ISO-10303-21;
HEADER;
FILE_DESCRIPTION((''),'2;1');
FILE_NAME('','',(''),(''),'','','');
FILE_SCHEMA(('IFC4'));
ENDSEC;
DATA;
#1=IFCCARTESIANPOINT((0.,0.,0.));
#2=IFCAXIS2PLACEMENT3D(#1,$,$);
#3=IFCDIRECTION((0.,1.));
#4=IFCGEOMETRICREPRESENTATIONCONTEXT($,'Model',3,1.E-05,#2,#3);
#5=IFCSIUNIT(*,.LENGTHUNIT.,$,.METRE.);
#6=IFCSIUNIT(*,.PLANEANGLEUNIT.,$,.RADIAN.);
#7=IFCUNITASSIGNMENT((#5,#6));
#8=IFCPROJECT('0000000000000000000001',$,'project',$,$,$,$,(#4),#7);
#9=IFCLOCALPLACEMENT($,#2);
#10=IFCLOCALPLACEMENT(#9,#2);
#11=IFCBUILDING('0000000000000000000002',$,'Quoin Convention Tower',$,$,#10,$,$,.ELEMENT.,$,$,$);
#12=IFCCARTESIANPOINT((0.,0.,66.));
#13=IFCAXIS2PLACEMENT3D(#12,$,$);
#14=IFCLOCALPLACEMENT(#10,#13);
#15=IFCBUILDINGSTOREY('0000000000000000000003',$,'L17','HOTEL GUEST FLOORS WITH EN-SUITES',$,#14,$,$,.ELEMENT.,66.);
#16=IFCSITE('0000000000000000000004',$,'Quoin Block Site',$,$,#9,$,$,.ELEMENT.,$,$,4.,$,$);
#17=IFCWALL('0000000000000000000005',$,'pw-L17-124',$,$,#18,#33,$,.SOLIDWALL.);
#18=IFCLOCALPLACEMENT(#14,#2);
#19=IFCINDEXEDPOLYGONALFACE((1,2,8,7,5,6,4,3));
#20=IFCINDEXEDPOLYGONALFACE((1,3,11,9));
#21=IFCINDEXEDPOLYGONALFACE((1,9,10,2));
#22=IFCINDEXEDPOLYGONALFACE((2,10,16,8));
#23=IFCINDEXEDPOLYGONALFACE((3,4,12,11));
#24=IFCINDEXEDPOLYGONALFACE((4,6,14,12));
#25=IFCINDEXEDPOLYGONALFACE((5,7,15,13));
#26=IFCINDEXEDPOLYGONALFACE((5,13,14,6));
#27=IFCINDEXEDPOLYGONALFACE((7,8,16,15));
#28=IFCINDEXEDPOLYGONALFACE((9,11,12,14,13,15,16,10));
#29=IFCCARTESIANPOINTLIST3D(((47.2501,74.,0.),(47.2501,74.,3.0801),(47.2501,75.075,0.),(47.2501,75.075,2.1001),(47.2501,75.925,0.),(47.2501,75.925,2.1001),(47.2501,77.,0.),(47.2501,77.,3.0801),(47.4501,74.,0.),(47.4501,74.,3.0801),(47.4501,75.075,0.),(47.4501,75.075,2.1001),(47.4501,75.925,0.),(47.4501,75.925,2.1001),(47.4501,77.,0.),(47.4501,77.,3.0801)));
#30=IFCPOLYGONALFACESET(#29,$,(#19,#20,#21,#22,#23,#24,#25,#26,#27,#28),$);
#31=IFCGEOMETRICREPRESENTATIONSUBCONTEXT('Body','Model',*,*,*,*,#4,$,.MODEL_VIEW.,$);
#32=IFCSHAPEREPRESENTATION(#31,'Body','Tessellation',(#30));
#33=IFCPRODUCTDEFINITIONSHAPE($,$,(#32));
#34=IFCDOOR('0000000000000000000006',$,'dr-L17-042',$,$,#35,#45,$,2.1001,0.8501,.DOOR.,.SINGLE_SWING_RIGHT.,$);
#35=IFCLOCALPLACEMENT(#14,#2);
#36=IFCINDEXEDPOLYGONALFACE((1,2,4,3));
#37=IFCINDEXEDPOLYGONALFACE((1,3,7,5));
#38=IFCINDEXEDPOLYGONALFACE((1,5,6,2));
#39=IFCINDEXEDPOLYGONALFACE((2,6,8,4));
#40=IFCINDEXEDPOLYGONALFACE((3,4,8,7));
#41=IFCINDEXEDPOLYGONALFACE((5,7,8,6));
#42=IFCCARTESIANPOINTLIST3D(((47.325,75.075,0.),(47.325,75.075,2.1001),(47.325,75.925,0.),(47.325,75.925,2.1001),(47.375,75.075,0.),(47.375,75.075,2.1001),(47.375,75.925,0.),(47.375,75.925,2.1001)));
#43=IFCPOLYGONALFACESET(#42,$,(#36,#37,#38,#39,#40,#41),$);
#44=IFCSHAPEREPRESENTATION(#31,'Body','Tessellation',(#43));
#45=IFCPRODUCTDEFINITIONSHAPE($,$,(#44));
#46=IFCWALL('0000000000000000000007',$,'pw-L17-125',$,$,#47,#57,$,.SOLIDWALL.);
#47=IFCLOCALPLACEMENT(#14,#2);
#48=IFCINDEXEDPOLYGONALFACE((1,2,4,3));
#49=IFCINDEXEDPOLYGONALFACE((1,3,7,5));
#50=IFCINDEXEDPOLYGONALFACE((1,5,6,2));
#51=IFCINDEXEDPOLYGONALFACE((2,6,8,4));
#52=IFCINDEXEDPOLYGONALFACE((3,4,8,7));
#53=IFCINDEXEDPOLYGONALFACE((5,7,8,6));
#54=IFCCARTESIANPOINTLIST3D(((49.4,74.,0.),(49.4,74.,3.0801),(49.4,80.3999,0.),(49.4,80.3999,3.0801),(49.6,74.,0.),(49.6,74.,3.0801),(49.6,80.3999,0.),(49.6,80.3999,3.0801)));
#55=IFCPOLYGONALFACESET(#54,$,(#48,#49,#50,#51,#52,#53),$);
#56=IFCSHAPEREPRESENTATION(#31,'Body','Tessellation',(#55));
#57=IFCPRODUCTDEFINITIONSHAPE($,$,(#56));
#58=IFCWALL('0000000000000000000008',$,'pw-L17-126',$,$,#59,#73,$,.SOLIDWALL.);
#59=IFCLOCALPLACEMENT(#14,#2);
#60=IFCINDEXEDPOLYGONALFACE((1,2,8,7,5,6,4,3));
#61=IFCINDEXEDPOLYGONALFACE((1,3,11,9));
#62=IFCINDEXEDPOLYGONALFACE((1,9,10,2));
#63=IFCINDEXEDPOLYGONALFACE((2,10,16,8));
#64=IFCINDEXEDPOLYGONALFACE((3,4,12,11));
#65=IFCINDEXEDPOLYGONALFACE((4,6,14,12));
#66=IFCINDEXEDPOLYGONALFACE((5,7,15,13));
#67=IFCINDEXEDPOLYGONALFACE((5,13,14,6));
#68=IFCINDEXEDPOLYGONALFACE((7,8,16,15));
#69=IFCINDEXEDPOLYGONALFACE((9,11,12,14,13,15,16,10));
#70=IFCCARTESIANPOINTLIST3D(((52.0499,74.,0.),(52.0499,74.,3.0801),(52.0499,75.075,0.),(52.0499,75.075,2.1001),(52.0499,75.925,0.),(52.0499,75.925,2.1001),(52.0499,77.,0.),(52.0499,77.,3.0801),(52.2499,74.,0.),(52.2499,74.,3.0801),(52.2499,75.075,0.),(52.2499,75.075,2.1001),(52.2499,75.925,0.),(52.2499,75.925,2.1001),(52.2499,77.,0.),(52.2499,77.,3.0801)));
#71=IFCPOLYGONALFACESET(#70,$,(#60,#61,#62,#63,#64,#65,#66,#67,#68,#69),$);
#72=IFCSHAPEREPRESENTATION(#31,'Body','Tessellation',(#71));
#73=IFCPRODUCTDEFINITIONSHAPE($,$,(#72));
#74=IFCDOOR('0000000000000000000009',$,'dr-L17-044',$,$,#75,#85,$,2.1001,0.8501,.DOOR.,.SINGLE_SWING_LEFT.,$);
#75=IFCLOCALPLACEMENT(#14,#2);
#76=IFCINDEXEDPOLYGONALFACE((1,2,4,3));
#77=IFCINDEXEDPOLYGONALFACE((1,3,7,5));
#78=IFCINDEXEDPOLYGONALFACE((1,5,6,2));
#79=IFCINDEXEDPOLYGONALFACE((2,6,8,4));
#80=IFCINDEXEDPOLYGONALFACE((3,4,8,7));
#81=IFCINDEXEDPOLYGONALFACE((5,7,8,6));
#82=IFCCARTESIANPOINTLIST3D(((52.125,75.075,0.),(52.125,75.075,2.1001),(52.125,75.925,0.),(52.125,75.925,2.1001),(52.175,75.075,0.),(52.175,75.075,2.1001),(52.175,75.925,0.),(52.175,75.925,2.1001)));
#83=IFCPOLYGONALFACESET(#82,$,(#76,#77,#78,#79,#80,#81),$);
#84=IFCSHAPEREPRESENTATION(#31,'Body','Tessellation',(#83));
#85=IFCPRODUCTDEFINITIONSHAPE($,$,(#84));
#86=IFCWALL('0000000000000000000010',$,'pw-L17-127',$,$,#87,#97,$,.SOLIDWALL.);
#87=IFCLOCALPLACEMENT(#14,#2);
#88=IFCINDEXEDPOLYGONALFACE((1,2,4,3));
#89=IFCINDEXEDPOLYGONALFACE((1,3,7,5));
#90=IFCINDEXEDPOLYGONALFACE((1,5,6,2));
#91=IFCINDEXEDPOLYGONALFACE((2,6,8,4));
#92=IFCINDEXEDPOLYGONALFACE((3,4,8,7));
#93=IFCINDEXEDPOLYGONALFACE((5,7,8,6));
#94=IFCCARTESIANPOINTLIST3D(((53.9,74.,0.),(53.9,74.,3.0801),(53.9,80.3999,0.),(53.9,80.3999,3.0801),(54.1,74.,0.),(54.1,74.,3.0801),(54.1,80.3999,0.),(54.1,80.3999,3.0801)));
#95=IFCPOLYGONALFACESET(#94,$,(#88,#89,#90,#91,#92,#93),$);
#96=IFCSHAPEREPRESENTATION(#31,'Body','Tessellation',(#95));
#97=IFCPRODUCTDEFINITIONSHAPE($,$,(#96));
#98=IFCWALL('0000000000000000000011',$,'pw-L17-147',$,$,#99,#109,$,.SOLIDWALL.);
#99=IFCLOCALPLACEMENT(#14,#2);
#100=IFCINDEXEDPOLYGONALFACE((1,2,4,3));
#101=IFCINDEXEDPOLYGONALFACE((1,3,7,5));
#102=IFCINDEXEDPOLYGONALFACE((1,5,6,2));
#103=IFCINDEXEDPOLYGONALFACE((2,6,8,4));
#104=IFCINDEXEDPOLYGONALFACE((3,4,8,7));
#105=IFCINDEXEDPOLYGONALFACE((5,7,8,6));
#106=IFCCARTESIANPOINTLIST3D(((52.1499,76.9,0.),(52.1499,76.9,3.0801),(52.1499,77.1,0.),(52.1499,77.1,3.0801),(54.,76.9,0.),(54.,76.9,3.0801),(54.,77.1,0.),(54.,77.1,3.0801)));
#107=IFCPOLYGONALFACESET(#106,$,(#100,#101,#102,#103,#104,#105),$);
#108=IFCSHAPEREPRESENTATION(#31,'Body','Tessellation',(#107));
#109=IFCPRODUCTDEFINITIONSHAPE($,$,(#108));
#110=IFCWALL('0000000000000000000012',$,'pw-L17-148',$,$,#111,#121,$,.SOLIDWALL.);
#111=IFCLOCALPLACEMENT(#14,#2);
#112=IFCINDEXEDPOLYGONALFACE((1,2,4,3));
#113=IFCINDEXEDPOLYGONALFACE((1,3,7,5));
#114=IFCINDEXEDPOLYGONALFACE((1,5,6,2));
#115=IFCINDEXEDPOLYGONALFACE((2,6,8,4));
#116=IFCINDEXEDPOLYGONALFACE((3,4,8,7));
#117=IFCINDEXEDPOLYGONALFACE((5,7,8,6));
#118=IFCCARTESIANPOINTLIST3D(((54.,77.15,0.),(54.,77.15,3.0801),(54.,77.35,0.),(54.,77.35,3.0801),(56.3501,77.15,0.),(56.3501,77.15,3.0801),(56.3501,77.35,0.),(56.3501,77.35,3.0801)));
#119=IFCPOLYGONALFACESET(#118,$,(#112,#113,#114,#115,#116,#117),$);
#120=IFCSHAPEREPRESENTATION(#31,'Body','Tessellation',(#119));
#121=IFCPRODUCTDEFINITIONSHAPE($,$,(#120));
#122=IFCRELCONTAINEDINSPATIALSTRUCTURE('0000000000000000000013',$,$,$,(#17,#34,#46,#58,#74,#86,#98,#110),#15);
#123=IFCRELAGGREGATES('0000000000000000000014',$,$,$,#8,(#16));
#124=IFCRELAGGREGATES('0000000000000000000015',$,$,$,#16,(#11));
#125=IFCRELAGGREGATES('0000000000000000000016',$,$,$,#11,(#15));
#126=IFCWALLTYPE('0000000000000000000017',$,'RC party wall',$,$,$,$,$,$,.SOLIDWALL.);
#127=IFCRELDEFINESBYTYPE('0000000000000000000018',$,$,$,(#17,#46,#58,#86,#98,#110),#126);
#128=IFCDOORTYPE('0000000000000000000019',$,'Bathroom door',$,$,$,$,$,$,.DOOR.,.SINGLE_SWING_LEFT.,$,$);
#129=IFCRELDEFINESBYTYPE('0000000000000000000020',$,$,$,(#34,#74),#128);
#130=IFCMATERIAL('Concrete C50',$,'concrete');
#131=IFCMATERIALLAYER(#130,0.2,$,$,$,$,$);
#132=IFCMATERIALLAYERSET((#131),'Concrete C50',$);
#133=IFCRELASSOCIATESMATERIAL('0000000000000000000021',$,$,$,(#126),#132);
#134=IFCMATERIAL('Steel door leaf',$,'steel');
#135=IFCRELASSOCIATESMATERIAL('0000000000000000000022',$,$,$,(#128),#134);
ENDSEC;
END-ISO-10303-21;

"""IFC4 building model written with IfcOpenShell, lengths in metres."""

from ifc_helpers import new_model, si_unit, direction, frame, frame_2d, origin, place, context, subcontext, project, spatial, rectangle, extrude, material, layer, layer_set, type_object, element, fill, save


model = new_model("IFC4")

# Units and contexts
model_context = context("Model", 3, precision=1e-05, world=origin(), true_north=direction((0.0, 1.0)))
body_context = subcontext(model_context, "Body", "Model", "MODEL_VIEW")
ifc_project = project(units=[si_unit("LENGTHUNIT", "METRE"), si_unit("PLANEANGLEUNIT", "RADIAN")], contexts=[model_context])

# Site, building, storey
site_placement = place(None, origin())
site = spatial("IfcSite", under=ifc_project, at=site_placement, Name="Quoin Block Site", CompositionType="ELEMENT", RefElevation=4.0)
building_placement = place(site_placement, origin())
building = spatial("IfcBuilding", under=site, at=building_placement, Name="Quoin Convention Tower", CompositionType="ELEMENT")
storey_placement = place(building_placement, frame((0.0, 0.0, 66.0)))
storey = spatial("IfcBuildingStorey", under=building, at=storey_placement, Name="L17", Description="HOTEL GUEST FLOORS WITH EN-SUITES", CompositionType="ELEMENT", Elevation=66.0)

# Shared definitions
ifc_material_1 = material(Name="Concrete C50", Category="concrete")
ifc_material_2 = material(Name="Steel door leaf", Category="steel")

# Wall, opening, door
ifc_layer_1 = layer(ifc_material_1, 0.2)
ifc_layer_set_1 = layer_set([ifc_layer_1], Name="Concrete C50")
wall_type_1 = type_object("IfcWallType", Name="RC party wall", PredefinedType="SOLIDWALL", material=ifc_layer_set_1)
wall_1_placement = place(storey_placement, frame((47.3501, 74.0, 0.0), z_axis=(0.0, 0.0, 1.0), x_axis=(0.0, 1.0, 0.0)))
wall_1 = element("IfcWall", 1, at=wall_1_placement, inside=storey, type_object=wall_type_1, Name="pw-L17-124", PredefinedType="SOLIDWALL", context=body_context, shape_type="SweptSolid", body=[
    extrude(rectangle(XDim=3.0, YDim=0.2, at=frame_2d((1.5, 0.0))), origin(), (0.0, 0.0, 1.0), 3.0801),
])
opening_1_placement = place(wall_1_placement, frame((1.075, 0.0, 0.0)))
opening_1 = element("IfcOpeningElement", 2, at=opening_1_placement, cuts=wall_1, PredefinedType="OPENING", context=body_context, shape_type="SweptSolid", body=[
    extrude(rectangle(XDim=0.8501, YDim=2.1001, at=frame_2d((0.425, 1.05))), frame((0.0, 0.1099, 0.0), z_axis=(0.0, -1.0, 0.0), x_axis=(1.0, 0.0, 0.0)), (0.0, 0.0, 1.0), 0.22),
])
door_type_1 = type_object("IfcDoorType", Name="Bathroom door", OperationType="SINGLE_SWING_LEFT", PredefinedType="DOOR", material=ifc_material_2)
door_1_placement = place(opening_1_placement, frame((0.8501, 0.0, 0.0), z_axis=(0.0, 0.0, 1.0), x_axis=(-1.0, 0.0, 0.0)))
door_1 = element("IfcDoor", 3, at=door_1_placement, inside=storey, type_object=door_type_1, Name="dr-L17-042", OperationType="SINGLE_SWING_RIGHT", OverallHeight=2.1001, OverallWidth=0.8501, PredefinedType="DOOR", context=body_context, shape_type="SweptSolid", body=[
    extrude(rectangle(XDim=0.8501, YDim=2.1001, at=frame_2d((0.425, 1.05))), frame((0.0, 0.0249, 0.0), z_axis=(0.0, -1.0, 0.0), x_axis=(1.0, 0.0, 0.0)), (0.0, 0.0, 1.0), 0.05),
])
fill(opening_1, door_1)

# Wall
wall_2_placement = place(storey_placement, frame((49.5, 74.0, 0.0), z_axis=(0.0, 0.0, 1.0), x_axis=(0.0, 1.0, 0.0)))
element("IfcWall", 4, at=wall_2_placement, inside=storey, type_object=wall_type_1, Name="pw-L17-125", PredefinedType="SOLIDWALL", context=body_context, shape_type="SweptSolid", body=[
    extrude(rectangle(XDim=6.3999, YDim=0.2, at=frame_2d((3.2, 0.0))), origin(), (0.0, 0.0, 1.0), 3.0801),
])

# Wall, opening, door
wall_3_placement = place(storey_placement, frame((52.1499, 74.0, 0.0), z_axis=(0.0, 0.0, 1.0), x_axis=(0.0, 1.0, 0.0)))
wall_3 = element("IfcWall", 5, at=wall_3_placement, inside=storey, type_object=wall_type_1, Name="pw-L17-126", PredefinedType="SOLIDWALL", context=body_context, shape_type="SweptSolid", body=[
    extrude(rectangle(XDim=3.0, YDim=0.2, at=frame_2d((1.5, 0.0))), origin(), (0.0, 0.0, 1.0), 3.0801),
])
opening_2_placement = place(wall_3_placement, frame((1.075, 0.0, 0.0)))
opening_2 = element("IfcOpeningElement", 6, at=opening_2_placement, cuts=wall_3, PredefinedType="OPENING", context=body_context, shape_type="SweptSolid", body=[
    extrude(rectangle(XDim=0.8501, YDim=2.1001, at=frame_2d((0.425, 1.05))), frame((0.0, 0.1099, 0.0), z_axis=(0.0, -1.0, 0.0), x_axis=(1.0, 0.0, 0.0)), (0.0, 0.0, 1.0), 0.22),
])
door_2_placement = place(opening_2_placement, origin())
door_2 = element("IfcDoor", 7, at=door_2_placement, inside=storey, type_object=door_type_1, Name="dr-L17-044", OperationType="SINGLE_SWING_LEFT", OverallHeight=2.1001, OverallWidth=0.8501, PredefinedType="DOOR", context=body_context, shape_type="SweptSolid", body=[
    extrude(rectangle(XDim=0.8501, YDim=2.1001, at=frame_2d((0.425, 1.05))), frame((0.0, 0.0249, 0.0), z_axis=(0.0, -1.0, 0.0), x_axis=(1.0, 0.0, 0.0)), (0.0, 0.0, 1.0), 0.05),
])
fill(opening_2, door_2)

# Walls
wall_4_placement = place(storey_placement, frame((54.0, 74.0, 0.0), z_axis=(0.0, 0.0, 1.0), x_axis=(0.0, 1.0, 0.0)))
element("IfcWall", 8, at=wall_4_placement, inside=storey, type_object=wall_type_1, Name="pw-L17-127", PredefinedType="SOLIDWALL", context=body_context, shape_type="SweptSolid", body=[
    extrude(rectangle(XDim=6.3999, YDim=0.2, at=frame_2d((3.2, 0.0))), origin(), (0.0, 0.0, 1.0), 3.0801),
])
wall_5_placement = place(storey_placement, frame((52.1499, 77.0, 0.0), z_axis=(0.0, 0.0, 1.0), x_axis=(1.0, 0.0, 0.0)))
element("IfcWall", 9, at=wall_5_placement, inside=storey, type_object=wall_type_1, Name="pw-L17-147", PredefinedType="SOLIDWALL", context=body_context, shape_type="SweptSolid", body=[
    extrude(rectangle(XDim=1.8501, YDim=0.2, at=frame_2d((0.925, 0.0))), origin(), (0.0, 0.0, 1.0), 3.0801),
])
wall_6_placement = place(storey_placement, frame((54.0, 77.25, 0.0), z_axis=(0.0, 0.0, 1.0), x_axis=(1.0, 0.0, 0.0)))
element("IfcWall", 10, at=wall_6_placement, inside=storey, type_object=wall_type_1, Name="pw-L17-148", PredefinedType="SOLIDWALL", context=body_context, shape_type="SweptSolid", body=[
    extrude(rectangle(XDim=2.3501, YDim=0.2, at=frame_2d((1.175, 0.0))), origin(), (0.0, 0.0, 1.0), 3.0801),
])

save(model, "model.ifc")
